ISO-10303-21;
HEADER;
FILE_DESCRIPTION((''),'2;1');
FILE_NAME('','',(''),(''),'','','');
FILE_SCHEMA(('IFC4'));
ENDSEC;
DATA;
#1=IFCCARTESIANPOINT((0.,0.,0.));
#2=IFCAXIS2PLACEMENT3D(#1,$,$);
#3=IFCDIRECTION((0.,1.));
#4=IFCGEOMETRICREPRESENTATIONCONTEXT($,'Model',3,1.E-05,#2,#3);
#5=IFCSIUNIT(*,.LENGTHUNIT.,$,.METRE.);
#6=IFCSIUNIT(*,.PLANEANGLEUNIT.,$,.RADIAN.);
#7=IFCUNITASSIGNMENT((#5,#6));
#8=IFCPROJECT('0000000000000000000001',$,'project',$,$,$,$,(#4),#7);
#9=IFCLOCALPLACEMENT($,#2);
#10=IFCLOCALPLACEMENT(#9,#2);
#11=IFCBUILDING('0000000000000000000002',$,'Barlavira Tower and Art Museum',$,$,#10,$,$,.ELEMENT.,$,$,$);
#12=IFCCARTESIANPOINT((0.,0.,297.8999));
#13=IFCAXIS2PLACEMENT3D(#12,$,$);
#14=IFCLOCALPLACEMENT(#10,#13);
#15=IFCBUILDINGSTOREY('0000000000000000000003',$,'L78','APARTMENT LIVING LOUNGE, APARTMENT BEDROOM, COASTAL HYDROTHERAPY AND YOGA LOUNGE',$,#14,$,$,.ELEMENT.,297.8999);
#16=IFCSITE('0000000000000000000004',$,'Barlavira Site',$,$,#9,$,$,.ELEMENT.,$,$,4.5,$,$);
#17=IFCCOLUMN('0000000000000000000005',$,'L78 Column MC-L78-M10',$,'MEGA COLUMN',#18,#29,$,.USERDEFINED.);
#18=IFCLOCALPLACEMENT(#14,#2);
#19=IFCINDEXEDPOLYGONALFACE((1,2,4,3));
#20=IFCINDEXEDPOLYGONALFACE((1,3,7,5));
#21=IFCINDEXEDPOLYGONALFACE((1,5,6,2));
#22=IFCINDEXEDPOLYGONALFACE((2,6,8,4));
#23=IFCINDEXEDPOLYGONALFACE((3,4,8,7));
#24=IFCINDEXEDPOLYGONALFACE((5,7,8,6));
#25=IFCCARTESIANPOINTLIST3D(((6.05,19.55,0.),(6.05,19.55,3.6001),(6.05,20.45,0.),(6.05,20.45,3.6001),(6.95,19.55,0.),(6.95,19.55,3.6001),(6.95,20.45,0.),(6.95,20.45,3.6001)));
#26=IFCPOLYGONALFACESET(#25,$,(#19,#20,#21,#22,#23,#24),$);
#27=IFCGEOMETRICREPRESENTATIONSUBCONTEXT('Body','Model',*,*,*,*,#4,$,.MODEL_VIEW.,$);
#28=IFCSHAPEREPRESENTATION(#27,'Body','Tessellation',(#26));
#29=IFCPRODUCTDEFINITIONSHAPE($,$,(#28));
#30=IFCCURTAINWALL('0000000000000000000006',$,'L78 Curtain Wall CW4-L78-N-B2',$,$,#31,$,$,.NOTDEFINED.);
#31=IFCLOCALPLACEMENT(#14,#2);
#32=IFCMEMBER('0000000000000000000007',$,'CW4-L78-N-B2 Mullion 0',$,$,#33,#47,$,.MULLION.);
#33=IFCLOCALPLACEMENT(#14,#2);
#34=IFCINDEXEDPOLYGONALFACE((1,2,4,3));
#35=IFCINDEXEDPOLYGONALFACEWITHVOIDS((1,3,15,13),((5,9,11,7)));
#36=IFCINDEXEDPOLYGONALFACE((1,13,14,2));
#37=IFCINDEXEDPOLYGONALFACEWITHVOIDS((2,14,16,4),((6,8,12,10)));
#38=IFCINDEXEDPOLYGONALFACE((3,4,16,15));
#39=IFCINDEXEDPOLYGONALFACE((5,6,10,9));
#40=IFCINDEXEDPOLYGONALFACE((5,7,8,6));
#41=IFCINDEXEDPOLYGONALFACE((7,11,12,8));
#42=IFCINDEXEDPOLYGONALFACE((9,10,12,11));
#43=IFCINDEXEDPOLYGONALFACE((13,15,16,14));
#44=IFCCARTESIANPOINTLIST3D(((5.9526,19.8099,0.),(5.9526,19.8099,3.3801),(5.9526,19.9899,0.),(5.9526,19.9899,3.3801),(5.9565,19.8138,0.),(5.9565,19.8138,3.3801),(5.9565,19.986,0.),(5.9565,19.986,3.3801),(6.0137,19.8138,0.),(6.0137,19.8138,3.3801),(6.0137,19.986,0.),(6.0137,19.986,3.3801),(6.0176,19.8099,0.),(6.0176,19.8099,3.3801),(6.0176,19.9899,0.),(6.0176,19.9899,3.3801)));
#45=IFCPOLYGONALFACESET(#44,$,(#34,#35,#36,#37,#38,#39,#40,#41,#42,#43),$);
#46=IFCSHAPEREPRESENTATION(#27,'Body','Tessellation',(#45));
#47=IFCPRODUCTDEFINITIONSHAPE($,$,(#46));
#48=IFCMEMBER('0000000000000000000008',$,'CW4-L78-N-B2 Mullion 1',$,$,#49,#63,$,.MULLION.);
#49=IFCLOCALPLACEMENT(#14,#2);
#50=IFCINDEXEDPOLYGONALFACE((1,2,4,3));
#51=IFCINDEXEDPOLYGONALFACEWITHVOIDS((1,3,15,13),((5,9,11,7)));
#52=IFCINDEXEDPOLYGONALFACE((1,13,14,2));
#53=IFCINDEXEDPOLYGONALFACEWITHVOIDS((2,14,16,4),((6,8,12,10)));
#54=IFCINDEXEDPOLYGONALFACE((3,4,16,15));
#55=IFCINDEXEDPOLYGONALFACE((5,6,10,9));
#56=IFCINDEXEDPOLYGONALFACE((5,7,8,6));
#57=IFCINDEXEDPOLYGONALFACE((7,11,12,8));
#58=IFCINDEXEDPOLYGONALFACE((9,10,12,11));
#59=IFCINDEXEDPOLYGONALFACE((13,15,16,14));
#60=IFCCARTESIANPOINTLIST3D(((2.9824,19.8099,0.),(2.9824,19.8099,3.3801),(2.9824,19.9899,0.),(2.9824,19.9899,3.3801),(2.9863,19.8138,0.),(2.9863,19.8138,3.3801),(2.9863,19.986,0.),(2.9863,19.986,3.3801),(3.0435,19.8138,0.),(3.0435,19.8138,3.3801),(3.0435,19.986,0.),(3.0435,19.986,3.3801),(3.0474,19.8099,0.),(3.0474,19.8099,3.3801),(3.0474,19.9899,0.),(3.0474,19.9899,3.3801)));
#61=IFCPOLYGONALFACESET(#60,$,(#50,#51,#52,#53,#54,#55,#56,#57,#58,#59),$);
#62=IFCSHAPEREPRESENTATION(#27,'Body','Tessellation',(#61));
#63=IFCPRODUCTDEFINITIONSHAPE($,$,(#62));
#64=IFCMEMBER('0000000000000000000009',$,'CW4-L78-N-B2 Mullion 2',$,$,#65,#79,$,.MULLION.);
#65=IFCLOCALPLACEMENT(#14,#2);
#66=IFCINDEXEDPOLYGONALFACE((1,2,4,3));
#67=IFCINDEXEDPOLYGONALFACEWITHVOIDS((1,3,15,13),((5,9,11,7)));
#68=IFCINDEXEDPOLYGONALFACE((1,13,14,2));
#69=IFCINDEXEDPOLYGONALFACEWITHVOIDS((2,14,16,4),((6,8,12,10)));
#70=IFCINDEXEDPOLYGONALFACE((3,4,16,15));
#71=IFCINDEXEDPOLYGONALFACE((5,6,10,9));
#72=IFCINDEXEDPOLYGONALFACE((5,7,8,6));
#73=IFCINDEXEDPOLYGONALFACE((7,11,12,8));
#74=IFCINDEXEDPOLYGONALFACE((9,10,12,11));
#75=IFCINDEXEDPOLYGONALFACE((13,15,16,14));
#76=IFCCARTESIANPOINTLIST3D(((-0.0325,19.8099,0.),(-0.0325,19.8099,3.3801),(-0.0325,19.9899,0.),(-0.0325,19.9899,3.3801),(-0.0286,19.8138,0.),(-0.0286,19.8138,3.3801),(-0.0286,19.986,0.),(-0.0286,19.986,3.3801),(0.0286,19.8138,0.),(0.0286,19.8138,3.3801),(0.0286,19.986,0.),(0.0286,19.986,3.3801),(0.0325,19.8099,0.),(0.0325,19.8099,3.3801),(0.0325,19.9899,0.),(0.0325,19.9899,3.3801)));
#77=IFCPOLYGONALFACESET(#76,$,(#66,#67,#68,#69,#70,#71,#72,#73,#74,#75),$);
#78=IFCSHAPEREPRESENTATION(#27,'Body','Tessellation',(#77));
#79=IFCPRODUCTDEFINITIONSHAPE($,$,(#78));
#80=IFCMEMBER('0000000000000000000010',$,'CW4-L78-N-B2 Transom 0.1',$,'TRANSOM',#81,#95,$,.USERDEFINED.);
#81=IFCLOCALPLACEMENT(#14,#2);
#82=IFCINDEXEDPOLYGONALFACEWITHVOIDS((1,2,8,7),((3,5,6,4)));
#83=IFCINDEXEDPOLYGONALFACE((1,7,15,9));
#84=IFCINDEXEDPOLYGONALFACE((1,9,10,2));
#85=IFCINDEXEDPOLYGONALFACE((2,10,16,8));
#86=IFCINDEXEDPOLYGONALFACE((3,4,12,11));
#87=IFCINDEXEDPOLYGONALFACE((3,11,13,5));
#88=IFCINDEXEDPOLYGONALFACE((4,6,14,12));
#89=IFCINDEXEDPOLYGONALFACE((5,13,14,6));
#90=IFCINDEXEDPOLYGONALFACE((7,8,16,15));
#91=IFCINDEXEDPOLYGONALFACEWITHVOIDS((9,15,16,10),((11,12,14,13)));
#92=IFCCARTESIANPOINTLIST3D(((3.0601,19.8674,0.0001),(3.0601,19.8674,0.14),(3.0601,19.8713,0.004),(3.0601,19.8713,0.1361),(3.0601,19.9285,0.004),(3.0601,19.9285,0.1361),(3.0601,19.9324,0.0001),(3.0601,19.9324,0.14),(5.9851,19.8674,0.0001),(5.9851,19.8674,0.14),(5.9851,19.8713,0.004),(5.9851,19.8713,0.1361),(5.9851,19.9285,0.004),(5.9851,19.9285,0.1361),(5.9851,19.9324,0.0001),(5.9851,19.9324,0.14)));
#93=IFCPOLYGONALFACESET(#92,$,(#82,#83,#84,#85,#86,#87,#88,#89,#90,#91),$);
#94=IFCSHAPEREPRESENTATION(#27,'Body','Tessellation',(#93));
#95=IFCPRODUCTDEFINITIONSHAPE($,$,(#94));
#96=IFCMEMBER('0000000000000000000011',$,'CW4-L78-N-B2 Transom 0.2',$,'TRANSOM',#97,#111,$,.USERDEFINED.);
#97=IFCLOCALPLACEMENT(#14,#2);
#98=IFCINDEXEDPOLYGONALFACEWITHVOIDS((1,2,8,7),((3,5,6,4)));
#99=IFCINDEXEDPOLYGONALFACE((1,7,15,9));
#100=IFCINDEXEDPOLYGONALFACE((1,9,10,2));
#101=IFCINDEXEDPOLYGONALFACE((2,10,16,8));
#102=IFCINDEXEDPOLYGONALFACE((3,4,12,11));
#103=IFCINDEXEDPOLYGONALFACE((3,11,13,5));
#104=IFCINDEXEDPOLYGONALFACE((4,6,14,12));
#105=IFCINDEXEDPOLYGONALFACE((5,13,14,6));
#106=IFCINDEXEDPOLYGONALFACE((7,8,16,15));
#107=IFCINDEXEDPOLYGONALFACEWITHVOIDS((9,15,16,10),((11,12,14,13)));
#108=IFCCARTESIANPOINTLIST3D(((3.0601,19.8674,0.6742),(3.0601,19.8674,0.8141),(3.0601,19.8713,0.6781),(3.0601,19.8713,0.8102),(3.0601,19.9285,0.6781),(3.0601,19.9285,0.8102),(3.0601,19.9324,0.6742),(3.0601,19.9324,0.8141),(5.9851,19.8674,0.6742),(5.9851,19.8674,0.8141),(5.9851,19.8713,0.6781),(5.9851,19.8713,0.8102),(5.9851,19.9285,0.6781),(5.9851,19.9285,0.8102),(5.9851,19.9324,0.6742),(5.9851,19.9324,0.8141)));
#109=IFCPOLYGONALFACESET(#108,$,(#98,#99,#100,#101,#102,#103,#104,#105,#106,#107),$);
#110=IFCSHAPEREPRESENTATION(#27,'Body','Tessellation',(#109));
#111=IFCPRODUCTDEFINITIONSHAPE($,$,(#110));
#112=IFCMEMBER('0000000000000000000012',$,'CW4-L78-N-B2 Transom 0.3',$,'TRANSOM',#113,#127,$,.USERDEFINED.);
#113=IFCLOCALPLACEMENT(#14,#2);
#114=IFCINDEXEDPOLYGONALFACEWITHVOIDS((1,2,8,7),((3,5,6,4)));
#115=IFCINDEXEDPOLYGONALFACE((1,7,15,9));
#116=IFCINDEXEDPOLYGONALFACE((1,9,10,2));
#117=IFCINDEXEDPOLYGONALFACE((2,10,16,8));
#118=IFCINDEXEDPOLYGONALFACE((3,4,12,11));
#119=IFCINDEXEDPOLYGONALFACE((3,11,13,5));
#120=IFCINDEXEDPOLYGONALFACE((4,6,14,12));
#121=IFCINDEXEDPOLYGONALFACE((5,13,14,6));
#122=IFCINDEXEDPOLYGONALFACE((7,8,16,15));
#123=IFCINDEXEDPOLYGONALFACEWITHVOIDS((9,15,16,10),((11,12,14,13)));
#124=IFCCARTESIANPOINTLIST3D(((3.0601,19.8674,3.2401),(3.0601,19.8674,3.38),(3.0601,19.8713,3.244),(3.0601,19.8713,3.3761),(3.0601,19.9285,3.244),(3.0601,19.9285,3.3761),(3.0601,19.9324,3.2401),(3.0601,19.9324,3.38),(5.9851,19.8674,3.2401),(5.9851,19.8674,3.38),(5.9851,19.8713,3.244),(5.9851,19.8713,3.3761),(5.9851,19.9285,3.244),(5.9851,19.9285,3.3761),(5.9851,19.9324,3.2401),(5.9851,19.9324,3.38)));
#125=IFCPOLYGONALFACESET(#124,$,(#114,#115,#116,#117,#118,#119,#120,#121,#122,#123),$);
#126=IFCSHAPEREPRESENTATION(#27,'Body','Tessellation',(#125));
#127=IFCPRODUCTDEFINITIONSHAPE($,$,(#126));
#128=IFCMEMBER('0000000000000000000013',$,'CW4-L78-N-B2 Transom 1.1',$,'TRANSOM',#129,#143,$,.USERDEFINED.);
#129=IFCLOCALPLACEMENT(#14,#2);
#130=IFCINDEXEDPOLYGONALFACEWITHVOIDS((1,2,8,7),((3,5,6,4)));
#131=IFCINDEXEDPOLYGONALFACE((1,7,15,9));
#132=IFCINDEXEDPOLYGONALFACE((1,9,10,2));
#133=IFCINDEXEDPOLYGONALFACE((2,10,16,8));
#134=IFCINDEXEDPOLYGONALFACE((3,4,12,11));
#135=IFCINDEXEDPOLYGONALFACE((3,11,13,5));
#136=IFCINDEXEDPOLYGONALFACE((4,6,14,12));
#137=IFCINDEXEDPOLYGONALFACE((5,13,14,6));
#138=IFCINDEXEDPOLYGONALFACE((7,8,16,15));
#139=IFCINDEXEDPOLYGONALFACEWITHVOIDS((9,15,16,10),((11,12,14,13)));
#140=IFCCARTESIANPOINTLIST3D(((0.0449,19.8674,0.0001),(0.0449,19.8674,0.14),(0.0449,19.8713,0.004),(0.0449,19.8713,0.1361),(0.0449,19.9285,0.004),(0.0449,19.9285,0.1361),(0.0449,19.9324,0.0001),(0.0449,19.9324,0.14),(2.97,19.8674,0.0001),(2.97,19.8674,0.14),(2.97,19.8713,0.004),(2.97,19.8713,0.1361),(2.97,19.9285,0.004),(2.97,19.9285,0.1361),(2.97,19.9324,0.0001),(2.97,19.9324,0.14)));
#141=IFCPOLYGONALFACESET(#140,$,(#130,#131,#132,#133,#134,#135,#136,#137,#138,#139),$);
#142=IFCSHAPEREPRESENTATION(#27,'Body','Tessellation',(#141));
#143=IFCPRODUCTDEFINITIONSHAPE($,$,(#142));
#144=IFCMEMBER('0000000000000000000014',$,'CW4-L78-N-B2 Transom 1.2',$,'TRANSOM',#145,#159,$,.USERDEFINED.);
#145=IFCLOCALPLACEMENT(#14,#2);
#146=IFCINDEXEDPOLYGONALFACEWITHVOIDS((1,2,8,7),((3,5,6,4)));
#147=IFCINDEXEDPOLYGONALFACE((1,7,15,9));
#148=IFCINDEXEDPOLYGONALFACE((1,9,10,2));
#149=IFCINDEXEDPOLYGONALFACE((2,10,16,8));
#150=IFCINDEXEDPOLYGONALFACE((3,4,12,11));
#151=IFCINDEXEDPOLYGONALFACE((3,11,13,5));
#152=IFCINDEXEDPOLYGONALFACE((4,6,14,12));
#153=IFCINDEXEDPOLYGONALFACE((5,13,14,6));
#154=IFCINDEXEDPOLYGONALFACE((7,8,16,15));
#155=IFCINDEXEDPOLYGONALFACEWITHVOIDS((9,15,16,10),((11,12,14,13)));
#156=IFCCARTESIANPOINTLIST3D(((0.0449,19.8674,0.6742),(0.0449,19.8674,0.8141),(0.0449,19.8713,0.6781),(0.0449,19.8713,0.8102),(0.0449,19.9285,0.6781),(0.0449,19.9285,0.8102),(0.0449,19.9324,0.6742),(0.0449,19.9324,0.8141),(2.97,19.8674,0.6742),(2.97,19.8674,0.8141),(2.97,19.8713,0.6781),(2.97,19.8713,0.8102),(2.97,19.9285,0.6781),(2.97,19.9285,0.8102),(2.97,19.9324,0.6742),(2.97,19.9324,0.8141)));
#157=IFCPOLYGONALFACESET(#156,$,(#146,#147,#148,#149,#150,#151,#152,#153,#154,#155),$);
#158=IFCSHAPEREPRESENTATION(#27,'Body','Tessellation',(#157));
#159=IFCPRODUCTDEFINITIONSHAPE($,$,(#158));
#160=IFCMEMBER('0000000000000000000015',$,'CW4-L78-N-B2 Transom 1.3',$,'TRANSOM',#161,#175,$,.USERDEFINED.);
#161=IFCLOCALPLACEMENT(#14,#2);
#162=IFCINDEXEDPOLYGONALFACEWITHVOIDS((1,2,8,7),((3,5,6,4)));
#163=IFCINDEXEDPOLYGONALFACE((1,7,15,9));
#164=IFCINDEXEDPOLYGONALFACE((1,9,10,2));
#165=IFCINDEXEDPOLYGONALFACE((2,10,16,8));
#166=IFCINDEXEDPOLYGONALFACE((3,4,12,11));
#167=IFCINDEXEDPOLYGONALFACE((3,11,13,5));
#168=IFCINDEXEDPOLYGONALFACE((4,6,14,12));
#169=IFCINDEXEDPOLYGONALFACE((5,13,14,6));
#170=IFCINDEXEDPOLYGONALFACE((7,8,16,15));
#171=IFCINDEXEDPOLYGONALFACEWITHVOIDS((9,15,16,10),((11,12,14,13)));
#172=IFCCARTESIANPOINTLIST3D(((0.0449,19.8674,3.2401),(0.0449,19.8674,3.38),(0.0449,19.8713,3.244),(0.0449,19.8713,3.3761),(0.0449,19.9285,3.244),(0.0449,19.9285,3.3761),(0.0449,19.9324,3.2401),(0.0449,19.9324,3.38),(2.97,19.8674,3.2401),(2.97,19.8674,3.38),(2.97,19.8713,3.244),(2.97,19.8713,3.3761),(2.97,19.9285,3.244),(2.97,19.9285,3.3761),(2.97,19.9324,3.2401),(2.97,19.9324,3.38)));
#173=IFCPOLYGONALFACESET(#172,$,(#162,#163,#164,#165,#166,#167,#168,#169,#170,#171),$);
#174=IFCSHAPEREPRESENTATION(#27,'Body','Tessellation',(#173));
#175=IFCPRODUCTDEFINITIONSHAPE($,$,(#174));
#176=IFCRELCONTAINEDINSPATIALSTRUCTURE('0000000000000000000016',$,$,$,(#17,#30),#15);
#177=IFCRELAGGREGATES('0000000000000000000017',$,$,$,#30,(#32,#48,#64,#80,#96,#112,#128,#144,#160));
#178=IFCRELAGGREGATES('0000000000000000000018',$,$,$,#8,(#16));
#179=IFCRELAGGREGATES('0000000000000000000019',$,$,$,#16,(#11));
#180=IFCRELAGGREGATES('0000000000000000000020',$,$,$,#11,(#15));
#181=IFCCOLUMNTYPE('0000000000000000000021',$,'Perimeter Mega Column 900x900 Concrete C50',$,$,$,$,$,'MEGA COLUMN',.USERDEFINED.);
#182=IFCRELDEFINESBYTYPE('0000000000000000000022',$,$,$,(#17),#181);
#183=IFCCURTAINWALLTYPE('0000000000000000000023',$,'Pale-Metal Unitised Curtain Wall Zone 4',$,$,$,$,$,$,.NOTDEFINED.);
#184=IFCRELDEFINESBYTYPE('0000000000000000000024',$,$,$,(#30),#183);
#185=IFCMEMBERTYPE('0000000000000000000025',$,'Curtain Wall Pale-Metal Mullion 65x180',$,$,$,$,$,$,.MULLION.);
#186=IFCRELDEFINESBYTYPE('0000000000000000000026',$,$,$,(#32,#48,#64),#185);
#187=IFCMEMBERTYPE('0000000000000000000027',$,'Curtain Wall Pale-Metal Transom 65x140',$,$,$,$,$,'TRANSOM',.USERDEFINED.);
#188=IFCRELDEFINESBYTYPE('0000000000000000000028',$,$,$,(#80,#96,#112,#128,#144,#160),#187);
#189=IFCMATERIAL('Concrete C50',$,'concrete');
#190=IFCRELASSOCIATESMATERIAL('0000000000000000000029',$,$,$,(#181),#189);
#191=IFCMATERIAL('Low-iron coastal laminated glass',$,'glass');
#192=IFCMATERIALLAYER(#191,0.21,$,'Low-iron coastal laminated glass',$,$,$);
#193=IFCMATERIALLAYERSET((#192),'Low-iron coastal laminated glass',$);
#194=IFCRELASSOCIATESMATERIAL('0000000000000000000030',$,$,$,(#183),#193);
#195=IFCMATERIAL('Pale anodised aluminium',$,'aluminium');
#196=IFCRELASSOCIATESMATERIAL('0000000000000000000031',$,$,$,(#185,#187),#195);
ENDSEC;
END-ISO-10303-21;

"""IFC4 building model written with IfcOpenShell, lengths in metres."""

from ifc_helpers import new_model, si_unit, direction, frame, origin, origin_2d, place, context, subcontext, project, spatial, rectangle, hollow_rectangle, extrude, material, layer, layer_set, material_profile, profile_set, type_object, element, aggregate, save


model = new_model("IFC4")

# Units and contexts
model_context = context("Model", 3, precision=1e-05, world=origin(), true_north=direction((0.0, 1.0)))
body_context = subcontext(model_context, "Body", "Model", "MODEL_VIEW")
ifc_project = project(units=[si_unit("LENGTHUNIT", "METRE"), si_unit("PLANEANGLEUNIT", "RADIAN")], contexts=[model_context])

# Site, building, storey
site_placement = place(None, origin())
site = spatial("IfcSite", under=ifc_project, at=site_placement, Name="Barlavira Site", CompositionType="ELEMENT", RefElevation=4.5)
building_placement = place(site_placement, origin())
building = spatial("IfcBuilding", under=site, at=building_placement, Name="Barlavira Tower and Art Museum", CompositionType="ELEMENT")
storey_placement = place(building_placement, frame((0.0, 0.0, 297.8999)))
storey = spatial("IfcBuildingStorey", under=building, at=storey_placement, Name="L78", Description="APARTMENT LIVING LOUNGE, APARTMENT BEDROOM, COASTAL HYDROTHERAPY AND YOGA LOUNGE", CompositionType="ELEMENT", Elevation=297.8999)

# Column
ifc_material_1 = material(Name="Concrete C50", Category="concrete")
ifc_material_profile_1 = material_profile(ifc_material_1, rectangle(XDim=0.8999, YDim=0.8999, at=origin_2d()), Name="RC-COL 900x900")
ifc_profile_set_1 = profile_set([ifc_material_profile_1], Name="Concrete C50")
column_type = type_object("IfcColumnType", Name="Perimeter Mega Column 900x900 Concrete C50", ElementType="MEGA COLUMN", PredefinedType="USERDEFINED", material=ifc_profile_set_1)
column_placement = place(storey_placement, frame((6.5, 20.0, 0.0), z_axis=(0.0, 0.0, 1.0), x_axis=(1.0, 0.0, 0.0)))
element("IfcColumn", 1, at=column_placement, inside=storey, type_object=column_type, Name="L78 Column MC-L78-M10", ObjectType="MEGA COLUMN", PredefinedType="USERDEFINED", context=body_context, shape_type="SweptSolid", body=[
    extrude(rectangle(XDim=0.8999, YDim=0.8999, at=origin_2d()), origin(), (0.0, 0.0, 1.0), 3.6001),
])

# Curtain wall, members
ifc_material_2 = material(Name="Low-iron coastal laminated glass", Category="glass")
ifc_layer_1 = layer(ifc_material_2, 0.21, Name="Low-iron coastal laminated glass")
ifc_layer_set_1 = layer_set([ifc_layer_1], Name="Low-iron coastal laminated glass")
curtain_wall_type = type_object("IfcCurtainWallType", Name="Pale-Metal Unitised Curtain Wall Zone 4", PredefinedType="NOTDEFINED", material=ifc_layer_set_1)
curtain_wall_placement = place(storey_placement, origin())
curtain_wall = element("IfcCurtainWall", 2, at=curtain_wall_placement, inside=storey, type_object=curtain_wall_type, Name="L78 Curtain Wall CW4-L78-N-B2", PredefinedType="NOTDEFINED")
ifc_material_3 = material(Name="Pale anodised aluminium", Category="aluminium")
ifc_material_profile_2 = material_profile(ifc_material_3, hollow_rectangle(XDim=0.0649, YDim=0.1799, WallThickness=0.0039, at=origin_2d()), Name="ALU-MULL 65x180x4")
ifc_profile_set_2 = profile_set([ifc_material_profile_2], Name="Pale anodised aluminium")
member_type_1 = type_object("IfcMemberType", Name="Curtain Wall Pale-Metal Mullion 65x180", PredefinedType="MULLION", material=ifc_profile_set_2)
member_1_placement = place(storey_placement, frame((5.9851, 19.8999, 0.0), z_axis=(0.0, 0.0, 1.0), x_axis=(-1.0, 0.0, 0.0)))
member_1 = element("IfcMember", 3, at=member_1_placement, type_object=member_type_1, Name="CW4-L78-N-B2 Mullion 0", PredefinedType="MULLION", context=body_context, shape_type="SweptSolid", body=[
    extrude(hollow_rectangle(XDim=0.0649, YDim=0.1799, WallThickness=0.0039, at=origin_2d()), origin(), (0.0, 0.0, 1.0), 3.3801),
])
member_2_placement = place(storey_placement, frame((3.0149, 19.8999, 0.0), z_axis=(0.0, 0.0, 1.0), x_axis=(-1.0, 0.0, 0.0)))
member_2 = element("IfcMember", 4, at=member_2_placement, type_object=member_type_1, Name="CW4-L78-N-B2 Mullion 1", PredefinedType="MULLION", context=body_context, shape_type="SweptSolid", body=[
    extrude(hollow_rectangle(XDim=0.0649, YDim=0.1799, WallThickness=0.0039, at=origin_2d()), origin(), (0.0, 0.0, 1.0), 3.3801),
])
member_3_placement = place(storey_placement, frame((0.0, 19.8999, 0.0), z_axis=(0.0, 0.0, 1.0), x_axis=(-1.0, 0.0, 0.0)))
member_3 = element("IfcMember", 5, at=member_3_placement, type_object=member_type_1, Name="CW4-L78-N-B2 Mullion 2", PredefinedType="MULLION", context=body_context, shape_type="SweptSolid", body=[
    extrude(hollow_rectangle(XDim=0.0649, YDim=0.1799, WallThickness=0.0039, at=origin_2d()), origin(), (0.0, 0.0, 1.0), 3.3801),
])
ifc_material_profile_3 = material_profile(ifc_material_3, hollow_rectangle(XDim=0.0649, YDim=0.1399, WallThickness=0.0039, at=origin_2d()), Name="ALU-TRAN 65x140x4")
ifc_profile_set_3 = profile_set([ifc_material_profile_3], Name="Pale anodised aluminium")
member_type_2 = type_object("IfcMemberType", Name="Curtain Wall Pale-Metal Transom 65x140", ElementType="TRANSOM", PredefinedType="USERDEFINED", material=ifc_profile_set_3)
member_4_placement = place(storey_placement, frame((5.9851, 19.8999, 0.0701), z_axis=(-1.0, 0.0, 0.0), x_axis=(0.0, -1.0, 0.0)))
member_4 = element("IfcMember", 6, at=member_4_placement, type_object=member_type_2, Name="CW4-L78-N-B2 Transom 0.1", ObjectType="TRANSOM", PredefinedType="USERDEFINED", context=body_context, shape_type="SweptSolid", body=[
    extrude(hollow_rectangle(XDim=0.0649, YDim=0.1399, WallThickness=0.0039, at=origin_2d()), origin(), (0.0, 0.0, 1.0), 2.925),
])
member_5_placement = place(storey_placement, frame((5.9851, 19.8999, 0.7441), z_axis=(-1.0, 0.0, 0.0), x_axis=(0.0, -1.0, 0.0)))
member_5 = element("IfcMember", 7, at=member_5_placement, type_object=member_type_2, Name="CW4-L78-N-B2 Transom 0.2", ObjectType="TRANSOM", PredefinedType="USERDEFINED", context=body_context, shape_type="SweptSolid", body=[
    extrude(hollow_rectangle(XDim=0.0649, YDim=0.1399, WallThickness=0.0039, at=origin_2d()), origin(), (0.0, 0.0, 1.0), 2.925),
])
member_6_placement = place(storey_placement, frame((5.9851, 19.8999, 3.3101), z_axis=(-1.0, 0.0, 0.0), x_axis=(0.0, -1.0, 0.0)))
member_6 = element("IfcMember", 8, at=member_6_placement, type_object=member_type_2, Name="CW4-L78-N-B2 Transom 0.3", ObjectType="TRANSOM", PredefinedType="USERDEFINED", context=body_context, shape_type="SweptSolid", body=[
    extrude(hollow_rectangle(XDim=0.0649, YDim=0.1399, WallThickness=0.0039, at=origin_2d()), origin(), (0.0, 0.0, 1.0), 2.925),
])
member_7_placement = place(storey_placement, frame((2.97, 19.8999, 0.0701), z_axis=(-1.0, 0.0, 0.0), x_axis=(0.0, -1.0, 0.0)))
member_7 = element("IfcMember", 9, at=member_7_placement, type_object=member_type_2, Name="CW4-L78-N-B2 Transom 1.1", ObjectType="TRANSOM", PredefinedType="USERDEFINED", context=body_context, shape_type="SweptSolid", body=[
    extrude(hollow_rectangle(XDim=0.0649, YDim=0.1399, WallThickness=0.0039, at=origin_2d()), origin(), (0.0, 0.0, 1.0), 2.925),
])
member_8_placement = place(storey_placement, frame((2.97, 19.8999, 0.7441), z_axis=(-1.0, 0.0, 0.0), x_axis=(0.0, -1.0, 0.0)))
member_8 = element("IfcMember", 10, at=member_8_placement, type_object=member_type_2, Name="CW4-L78-N-B2 Transom 1.2", ObjectType="TRANSOM", PredefinedType="USERDEFINED", context=body_context, shape_type="SweptSolid", body=[
    extrude(hollow_rectangle(XDim=0.0649, YDim=0.1399, WallThickness=0.0039, at=origin_2d()), origin(), (0.0, 0.0, 1.0), 2.925),
])
member_9_placement = place(storey_placement, frame((2.97, 19.8999, 3.3101), z_axis=(-1.0, 0.0, 0.0), x_axis=(0.0, -1.0, 0.0)))
member_9 = element("IfcMember", 11, at=member_9_placement, type_object=member_type_2, Name="CW4-L78-N-B2 Transom 1.3", ObjectType="TRANSOM", PredefinedType="USERDEFINED", context=body_context, shape_type="SweptSolid", body=[
    extrude(hollow_rectangle(XDim=0.0649, YDim=0.1399, WallThickness=0.0039, at=origin_2d()), origin(), (0.0, 0.0, 1.0), 2.925),
])

aggregate(curtain_wall, [member_1, member_2, member_3, member_4, member_5, member_6, member_7, member_8, member_9])

save(model, "model.ifc")
